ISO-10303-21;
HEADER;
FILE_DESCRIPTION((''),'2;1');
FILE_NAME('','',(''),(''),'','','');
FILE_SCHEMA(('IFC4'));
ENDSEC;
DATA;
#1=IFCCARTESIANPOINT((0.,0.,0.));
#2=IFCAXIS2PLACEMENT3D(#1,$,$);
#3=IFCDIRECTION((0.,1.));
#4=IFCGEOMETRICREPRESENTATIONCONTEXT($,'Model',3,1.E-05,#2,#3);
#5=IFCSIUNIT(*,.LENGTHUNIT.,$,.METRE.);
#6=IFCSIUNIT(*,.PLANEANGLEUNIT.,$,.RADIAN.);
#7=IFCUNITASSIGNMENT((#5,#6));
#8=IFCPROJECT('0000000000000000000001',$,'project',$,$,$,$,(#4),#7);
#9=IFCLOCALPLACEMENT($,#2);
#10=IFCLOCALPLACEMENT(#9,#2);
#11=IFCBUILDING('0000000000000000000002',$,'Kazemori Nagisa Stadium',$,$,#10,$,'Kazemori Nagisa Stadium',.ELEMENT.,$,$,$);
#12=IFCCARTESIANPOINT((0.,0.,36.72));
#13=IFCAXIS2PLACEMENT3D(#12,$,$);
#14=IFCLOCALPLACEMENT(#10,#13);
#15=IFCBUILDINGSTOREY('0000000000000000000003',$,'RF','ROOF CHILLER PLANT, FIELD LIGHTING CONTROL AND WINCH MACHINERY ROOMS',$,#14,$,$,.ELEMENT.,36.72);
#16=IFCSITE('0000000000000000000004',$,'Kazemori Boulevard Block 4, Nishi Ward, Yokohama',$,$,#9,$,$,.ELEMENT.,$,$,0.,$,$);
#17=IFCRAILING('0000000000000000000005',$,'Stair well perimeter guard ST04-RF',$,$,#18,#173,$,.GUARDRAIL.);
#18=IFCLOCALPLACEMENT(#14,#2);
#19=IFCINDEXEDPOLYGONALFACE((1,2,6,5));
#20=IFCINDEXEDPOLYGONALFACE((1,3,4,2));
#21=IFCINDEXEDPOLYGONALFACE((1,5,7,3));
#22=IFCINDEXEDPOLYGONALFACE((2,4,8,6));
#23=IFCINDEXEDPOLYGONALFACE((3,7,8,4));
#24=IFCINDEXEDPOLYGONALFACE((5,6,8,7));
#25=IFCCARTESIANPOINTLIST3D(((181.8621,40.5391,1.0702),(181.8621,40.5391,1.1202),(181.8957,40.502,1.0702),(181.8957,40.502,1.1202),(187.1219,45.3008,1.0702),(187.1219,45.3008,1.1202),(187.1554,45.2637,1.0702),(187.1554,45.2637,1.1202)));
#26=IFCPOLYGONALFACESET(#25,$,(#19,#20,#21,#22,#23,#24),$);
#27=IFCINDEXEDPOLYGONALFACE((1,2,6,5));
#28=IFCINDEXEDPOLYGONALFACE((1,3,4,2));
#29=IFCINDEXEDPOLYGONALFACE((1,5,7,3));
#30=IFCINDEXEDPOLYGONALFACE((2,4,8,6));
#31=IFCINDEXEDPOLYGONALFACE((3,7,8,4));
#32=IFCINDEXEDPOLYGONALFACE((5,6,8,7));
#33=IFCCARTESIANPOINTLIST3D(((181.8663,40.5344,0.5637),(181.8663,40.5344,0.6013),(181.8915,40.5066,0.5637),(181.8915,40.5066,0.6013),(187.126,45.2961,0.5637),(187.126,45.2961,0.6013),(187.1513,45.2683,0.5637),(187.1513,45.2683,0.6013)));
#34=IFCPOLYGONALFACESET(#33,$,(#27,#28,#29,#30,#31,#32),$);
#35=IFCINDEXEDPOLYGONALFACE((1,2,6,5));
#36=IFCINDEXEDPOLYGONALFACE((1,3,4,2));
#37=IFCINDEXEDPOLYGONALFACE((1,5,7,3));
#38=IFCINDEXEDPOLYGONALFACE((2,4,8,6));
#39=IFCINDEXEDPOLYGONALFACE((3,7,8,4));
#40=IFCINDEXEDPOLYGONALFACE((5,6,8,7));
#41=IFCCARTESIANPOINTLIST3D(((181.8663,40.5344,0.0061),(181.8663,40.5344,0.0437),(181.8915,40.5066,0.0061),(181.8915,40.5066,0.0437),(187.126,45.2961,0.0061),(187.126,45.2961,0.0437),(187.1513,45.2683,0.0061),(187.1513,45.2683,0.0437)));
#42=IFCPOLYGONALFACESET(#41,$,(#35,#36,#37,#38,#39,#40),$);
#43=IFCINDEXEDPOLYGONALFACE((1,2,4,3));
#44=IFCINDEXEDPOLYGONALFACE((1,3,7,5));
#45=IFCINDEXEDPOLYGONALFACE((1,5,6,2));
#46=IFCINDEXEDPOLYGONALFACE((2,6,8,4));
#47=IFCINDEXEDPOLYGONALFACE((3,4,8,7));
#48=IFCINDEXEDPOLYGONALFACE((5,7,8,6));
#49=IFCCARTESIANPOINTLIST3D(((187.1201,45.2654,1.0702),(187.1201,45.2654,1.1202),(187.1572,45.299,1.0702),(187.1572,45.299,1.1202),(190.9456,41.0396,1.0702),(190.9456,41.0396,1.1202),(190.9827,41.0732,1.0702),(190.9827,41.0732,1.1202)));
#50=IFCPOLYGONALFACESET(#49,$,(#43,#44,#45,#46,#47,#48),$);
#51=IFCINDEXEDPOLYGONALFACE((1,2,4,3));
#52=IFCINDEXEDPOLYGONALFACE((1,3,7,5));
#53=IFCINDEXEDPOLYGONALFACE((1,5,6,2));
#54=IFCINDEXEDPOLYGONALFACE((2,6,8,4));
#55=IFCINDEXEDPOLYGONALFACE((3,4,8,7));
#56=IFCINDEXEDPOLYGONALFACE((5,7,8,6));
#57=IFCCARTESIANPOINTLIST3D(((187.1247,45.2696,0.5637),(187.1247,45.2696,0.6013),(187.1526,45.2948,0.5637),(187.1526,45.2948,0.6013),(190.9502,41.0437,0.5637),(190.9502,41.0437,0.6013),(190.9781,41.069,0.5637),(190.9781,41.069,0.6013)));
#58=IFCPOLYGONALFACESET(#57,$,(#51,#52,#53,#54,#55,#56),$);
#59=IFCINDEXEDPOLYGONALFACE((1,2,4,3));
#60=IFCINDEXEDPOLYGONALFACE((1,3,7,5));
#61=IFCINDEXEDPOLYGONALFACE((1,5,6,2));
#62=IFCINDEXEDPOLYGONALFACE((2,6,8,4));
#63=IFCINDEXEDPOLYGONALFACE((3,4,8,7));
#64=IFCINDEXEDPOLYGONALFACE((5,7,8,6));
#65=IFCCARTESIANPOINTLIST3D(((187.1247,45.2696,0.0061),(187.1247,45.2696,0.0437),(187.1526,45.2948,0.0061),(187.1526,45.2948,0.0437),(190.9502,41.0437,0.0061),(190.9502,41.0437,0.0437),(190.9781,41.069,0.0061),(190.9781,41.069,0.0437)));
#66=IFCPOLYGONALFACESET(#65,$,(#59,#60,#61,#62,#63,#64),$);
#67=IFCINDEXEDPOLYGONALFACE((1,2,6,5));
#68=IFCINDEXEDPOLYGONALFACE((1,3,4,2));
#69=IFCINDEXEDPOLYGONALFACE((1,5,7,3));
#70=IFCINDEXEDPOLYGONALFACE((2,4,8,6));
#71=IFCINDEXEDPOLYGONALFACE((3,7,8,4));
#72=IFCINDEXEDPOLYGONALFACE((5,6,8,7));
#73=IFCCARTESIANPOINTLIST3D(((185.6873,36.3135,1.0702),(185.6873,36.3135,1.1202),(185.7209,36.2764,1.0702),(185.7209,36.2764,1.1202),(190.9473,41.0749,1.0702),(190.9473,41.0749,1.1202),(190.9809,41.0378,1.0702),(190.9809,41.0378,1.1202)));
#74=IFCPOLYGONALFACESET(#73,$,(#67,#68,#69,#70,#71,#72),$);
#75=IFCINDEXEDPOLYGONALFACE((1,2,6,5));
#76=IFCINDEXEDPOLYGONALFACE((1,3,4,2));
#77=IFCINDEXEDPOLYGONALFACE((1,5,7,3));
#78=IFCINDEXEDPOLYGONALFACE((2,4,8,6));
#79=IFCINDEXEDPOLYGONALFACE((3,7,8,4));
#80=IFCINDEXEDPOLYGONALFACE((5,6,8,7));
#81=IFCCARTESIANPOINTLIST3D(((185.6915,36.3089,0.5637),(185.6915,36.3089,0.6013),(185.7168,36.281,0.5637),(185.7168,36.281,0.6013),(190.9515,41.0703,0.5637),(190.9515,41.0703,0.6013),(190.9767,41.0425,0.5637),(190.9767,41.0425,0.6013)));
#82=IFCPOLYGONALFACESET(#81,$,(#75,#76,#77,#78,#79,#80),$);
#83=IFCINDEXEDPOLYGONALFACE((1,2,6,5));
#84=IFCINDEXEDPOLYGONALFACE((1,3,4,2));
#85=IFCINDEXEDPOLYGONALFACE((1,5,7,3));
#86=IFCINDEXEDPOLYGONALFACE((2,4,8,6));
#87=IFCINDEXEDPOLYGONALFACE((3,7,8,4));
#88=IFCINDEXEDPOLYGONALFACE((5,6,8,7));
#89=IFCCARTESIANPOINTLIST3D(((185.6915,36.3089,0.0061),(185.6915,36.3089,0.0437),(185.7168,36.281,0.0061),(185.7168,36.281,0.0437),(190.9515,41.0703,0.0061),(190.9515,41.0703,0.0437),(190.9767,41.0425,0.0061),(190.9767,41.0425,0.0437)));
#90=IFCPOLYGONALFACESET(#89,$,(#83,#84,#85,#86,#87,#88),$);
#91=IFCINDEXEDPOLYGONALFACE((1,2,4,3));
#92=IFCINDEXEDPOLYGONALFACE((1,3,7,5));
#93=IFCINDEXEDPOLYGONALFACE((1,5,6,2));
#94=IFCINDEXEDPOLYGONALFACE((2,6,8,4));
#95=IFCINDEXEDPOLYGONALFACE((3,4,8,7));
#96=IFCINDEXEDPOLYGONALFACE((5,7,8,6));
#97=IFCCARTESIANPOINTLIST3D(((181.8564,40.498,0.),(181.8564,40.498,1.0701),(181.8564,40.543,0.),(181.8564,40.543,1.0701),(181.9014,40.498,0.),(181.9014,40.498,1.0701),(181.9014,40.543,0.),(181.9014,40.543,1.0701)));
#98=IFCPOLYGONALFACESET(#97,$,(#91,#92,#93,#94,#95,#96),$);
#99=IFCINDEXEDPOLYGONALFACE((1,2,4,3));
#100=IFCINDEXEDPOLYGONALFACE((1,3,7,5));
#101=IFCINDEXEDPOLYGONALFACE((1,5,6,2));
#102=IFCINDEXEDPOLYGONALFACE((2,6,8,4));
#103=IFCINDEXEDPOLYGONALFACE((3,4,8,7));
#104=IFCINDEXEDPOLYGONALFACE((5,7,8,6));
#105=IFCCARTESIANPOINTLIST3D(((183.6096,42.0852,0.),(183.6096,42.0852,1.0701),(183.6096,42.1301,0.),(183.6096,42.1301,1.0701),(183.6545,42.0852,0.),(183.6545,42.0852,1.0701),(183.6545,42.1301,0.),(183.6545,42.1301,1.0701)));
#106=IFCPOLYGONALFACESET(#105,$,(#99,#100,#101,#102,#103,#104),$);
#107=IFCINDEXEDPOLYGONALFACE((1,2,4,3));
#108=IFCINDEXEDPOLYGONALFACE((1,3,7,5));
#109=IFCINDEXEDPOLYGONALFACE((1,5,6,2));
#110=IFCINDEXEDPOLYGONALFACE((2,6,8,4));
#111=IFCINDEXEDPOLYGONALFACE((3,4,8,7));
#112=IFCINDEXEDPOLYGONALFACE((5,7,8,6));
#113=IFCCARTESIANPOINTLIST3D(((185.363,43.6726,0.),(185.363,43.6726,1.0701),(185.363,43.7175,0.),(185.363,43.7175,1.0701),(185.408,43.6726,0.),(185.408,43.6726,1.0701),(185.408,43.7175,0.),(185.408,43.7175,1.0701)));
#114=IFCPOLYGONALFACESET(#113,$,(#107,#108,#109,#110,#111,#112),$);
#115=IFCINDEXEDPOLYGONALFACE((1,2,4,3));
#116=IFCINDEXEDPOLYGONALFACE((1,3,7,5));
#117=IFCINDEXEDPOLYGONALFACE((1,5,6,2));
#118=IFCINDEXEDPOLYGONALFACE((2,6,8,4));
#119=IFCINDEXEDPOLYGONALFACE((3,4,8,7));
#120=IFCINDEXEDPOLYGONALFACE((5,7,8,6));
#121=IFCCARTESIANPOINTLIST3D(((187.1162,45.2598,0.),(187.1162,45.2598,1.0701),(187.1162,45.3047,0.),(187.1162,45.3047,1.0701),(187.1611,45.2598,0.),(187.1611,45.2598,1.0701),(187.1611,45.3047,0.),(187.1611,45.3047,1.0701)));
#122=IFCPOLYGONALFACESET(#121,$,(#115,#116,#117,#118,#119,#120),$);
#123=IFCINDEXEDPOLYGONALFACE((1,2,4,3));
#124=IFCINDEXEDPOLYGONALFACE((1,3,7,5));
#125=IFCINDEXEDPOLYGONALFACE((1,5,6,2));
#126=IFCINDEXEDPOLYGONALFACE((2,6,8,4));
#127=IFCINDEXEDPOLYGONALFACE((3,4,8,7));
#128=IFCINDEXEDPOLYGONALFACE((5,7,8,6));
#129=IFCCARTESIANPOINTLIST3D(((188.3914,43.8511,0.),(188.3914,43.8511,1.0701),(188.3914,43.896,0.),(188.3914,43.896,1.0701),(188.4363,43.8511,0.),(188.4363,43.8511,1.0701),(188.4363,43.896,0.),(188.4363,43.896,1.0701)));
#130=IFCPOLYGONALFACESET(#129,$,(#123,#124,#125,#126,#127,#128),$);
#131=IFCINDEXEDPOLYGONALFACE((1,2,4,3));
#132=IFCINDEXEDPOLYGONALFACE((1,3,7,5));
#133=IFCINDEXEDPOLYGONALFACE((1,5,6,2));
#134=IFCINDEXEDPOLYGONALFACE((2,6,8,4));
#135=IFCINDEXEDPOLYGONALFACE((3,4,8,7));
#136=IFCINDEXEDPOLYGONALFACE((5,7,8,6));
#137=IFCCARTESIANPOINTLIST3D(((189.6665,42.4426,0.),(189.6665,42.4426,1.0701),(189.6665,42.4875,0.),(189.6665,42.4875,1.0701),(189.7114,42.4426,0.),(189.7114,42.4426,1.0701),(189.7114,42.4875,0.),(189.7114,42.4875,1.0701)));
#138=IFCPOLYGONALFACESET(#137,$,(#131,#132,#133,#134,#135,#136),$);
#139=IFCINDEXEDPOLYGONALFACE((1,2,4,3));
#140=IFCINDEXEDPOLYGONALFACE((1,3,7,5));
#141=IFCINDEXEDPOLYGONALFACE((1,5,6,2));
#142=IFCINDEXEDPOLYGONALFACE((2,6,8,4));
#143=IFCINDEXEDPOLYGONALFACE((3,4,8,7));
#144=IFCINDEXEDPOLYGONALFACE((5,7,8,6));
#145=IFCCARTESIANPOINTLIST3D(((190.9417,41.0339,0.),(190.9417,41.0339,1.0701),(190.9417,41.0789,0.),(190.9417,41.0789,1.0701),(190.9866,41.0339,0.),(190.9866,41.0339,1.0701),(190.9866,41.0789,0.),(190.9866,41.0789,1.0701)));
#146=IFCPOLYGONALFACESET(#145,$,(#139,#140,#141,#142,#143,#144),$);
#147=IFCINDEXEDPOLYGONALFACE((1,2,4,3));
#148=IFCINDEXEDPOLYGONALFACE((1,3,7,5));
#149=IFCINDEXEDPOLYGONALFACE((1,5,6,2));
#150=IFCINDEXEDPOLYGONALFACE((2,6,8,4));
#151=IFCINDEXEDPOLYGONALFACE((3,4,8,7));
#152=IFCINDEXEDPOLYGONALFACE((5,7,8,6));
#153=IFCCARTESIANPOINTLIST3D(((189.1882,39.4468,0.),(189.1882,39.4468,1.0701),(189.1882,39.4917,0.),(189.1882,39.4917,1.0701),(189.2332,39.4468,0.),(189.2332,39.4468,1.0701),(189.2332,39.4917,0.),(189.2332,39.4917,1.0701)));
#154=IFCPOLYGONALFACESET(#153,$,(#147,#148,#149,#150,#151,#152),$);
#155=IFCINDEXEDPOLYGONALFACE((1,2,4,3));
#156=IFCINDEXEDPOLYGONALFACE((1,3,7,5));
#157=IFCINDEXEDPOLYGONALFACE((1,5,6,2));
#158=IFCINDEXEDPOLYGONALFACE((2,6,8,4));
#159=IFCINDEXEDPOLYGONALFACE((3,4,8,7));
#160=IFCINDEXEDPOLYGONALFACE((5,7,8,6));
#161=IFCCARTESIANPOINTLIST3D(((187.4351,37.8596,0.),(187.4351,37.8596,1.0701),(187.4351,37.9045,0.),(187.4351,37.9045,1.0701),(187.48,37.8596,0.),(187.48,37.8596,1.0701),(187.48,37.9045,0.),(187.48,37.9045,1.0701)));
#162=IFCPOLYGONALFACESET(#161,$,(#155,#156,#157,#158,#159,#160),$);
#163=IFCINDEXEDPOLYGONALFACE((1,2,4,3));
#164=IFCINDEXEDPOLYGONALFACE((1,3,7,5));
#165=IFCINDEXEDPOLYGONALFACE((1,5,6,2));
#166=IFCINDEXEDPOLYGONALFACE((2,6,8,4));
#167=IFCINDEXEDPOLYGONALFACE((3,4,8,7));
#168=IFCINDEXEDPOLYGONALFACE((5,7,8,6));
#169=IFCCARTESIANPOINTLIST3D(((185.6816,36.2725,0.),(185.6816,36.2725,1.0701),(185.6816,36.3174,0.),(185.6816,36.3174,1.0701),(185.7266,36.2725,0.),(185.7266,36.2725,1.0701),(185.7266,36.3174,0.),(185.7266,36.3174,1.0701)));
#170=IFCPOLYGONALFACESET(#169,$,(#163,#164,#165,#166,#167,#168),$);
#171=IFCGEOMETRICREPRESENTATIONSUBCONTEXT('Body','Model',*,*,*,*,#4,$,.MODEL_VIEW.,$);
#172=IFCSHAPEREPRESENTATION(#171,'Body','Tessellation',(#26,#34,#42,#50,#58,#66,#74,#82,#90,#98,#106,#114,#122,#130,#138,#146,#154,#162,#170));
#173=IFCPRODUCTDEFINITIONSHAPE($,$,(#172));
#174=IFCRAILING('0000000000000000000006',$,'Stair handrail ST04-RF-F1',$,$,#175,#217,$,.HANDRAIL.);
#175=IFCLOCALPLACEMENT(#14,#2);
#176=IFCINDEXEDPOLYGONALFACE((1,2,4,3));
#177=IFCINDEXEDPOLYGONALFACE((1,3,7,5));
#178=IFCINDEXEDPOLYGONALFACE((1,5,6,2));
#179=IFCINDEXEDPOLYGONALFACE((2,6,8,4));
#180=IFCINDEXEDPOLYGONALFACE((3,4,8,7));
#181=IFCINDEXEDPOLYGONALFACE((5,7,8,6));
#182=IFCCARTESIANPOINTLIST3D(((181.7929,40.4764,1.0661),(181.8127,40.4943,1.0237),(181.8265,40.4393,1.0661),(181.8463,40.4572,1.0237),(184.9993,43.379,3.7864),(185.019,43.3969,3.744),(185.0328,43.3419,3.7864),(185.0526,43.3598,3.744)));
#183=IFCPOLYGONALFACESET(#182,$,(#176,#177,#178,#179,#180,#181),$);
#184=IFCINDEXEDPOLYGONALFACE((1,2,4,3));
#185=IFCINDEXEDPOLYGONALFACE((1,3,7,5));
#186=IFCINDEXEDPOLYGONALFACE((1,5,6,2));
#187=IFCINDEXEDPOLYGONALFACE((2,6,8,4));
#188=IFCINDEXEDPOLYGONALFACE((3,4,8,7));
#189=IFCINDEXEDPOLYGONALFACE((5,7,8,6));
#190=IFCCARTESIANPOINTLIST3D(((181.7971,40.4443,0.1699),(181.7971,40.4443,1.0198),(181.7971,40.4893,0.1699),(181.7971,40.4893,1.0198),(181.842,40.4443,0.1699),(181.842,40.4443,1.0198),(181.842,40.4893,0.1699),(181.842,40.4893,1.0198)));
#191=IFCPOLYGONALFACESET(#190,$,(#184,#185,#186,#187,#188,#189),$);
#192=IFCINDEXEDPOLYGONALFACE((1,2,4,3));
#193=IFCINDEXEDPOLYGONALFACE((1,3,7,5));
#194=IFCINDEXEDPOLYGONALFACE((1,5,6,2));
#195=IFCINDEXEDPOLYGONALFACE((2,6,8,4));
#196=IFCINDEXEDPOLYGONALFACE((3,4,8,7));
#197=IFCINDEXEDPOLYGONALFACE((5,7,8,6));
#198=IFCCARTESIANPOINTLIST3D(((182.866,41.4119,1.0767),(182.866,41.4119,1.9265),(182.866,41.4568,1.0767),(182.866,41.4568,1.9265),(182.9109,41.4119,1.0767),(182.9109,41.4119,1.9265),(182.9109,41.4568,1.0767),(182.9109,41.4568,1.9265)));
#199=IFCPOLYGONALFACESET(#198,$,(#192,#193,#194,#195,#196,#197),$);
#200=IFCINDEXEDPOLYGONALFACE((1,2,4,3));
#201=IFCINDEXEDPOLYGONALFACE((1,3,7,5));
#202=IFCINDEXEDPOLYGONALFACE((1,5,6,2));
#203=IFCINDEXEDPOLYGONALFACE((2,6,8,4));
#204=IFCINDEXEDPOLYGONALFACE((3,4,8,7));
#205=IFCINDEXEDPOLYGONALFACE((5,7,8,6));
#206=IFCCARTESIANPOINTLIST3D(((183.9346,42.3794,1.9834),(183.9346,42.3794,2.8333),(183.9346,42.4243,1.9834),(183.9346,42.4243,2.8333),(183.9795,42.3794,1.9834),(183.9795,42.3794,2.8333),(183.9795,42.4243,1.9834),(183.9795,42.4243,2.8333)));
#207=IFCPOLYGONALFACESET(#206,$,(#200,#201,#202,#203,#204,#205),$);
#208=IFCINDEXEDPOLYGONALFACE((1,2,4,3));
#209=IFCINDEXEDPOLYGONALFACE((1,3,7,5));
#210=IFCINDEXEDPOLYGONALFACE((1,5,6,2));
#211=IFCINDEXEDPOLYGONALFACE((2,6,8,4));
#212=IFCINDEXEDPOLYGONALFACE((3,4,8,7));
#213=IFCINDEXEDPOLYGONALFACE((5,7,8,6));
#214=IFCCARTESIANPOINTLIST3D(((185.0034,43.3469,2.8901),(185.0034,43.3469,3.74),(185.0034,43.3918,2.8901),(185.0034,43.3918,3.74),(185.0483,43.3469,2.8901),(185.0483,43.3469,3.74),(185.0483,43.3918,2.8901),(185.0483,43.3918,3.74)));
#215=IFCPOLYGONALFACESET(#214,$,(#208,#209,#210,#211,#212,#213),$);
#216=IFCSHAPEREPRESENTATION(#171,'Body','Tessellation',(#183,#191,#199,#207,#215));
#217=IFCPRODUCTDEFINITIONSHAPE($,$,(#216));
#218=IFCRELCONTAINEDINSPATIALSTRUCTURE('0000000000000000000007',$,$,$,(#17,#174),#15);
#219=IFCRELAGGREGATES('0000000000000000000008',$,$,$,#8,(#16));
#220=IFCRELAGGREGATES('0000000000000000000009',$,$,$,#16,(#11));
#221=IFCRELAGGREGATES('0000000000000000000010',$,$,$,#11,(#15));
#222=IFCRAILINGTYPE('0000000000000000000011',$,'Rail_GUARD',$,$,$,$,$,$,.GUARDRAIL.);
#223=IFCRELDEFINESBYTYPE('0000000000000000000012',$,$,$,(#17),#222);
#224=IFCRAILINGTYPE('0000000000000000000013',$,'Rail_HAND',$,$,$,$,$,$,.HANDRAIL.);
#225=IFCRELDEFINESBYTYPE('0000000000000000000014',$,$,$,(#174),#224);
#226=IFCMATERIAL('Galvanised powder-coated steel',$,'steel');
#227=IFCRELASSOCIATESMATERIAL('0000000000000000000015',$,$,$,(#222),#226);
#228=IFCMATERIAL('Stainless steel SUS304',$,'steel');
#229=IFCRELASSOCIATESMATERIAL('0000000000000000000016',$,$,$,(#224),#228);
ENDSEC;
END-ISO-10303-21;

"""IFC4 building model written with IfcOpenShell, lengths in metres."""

from ifc_helpers import new_model, si_unit, direction, frame, origin, origin_2d, place, context, subcontext, project, spatial, rectangle, extrude, material, type_object, element, save


model = new_model("IFC4")

# Units and contexts
model_context = context("Model", 3, precision=1e-05, world=origin(), true_north=direction((0.0, 1.0)))
body_context = subcontext(model_context, "Body", "Model", "MODEL_VIEW")
ifc_project = project(units=[si_unit("LENGTHUNIT", "METRE"), si_unit("PLANEANGLEUNIT", "RADIAN")], contexts=[model_context])

# Site, building, storey
site_placement = place(None, origin())
site = spatial("IfcSite", under=ifc_project, at=site_placement, Name="Kazemori Boulevard Block 4, Nishi Ward, Yokohama", CompositionType="ELEMENT", RefElevation=0.0)
building_placement = place(site_placement, origin())
building = spatial("IfcBuilding", under=site, at=building_placement, Name="Kazemori Nagisa Stadium", LongName="Kazemori Nagisa Stadium", CompositionType="ELEMENT")
storey_placement = place(building_placement, frame((0.0, 0.0, 36.72)))
storey = spatial("IfcBuildingStorey", under=building, at=storey_placement, Name="RF", Description="ROOF CHILLER PLANT, FIELD LIGHTING CONTROL AND WINCH MACHINERY ROOMS", CompositionType="ELEMENT", Elevation=36.72)

# Railings
ifc_material_1 = material(Name="Galvanised powder-coated steel", Category="steel")
railing_type_1 = type_object("IfcRailingType", Name="Rail_GUARD", PredefinedType="GUARDRAIL", material=ifc_material_1)
railing_1_placement = place(storey_placement, frame((181.8789, 40.5205, 0.0)))
element("IfcRailing", 1, at=railing_1_placement, inside=storey, type_object=railing_type_1, Name="Stair well perimeter guard ST04-RF", PredefinedType="GUARDRAIL", context=body_context, shape_type="SweptSolid", body=[
    extrude(rectangle(XDim=0.05, YDim=0.05, at=origin_2d()), frame((0.0, 0.0, 1.0952), z_axis=(0.741334, 0.671137, 0.0), x_axis=(-0.671137, 0.741334, 0.0)), (0.0, 0.0, 1.0), 7.095),
    extrude(rectangle(XDim=0.0376, YDim=0.0376, at=origin_2d()), frame((0.0, 0.0, 0.5825), z_axis=(0.741334, 0.671137, 0.0), x_axis=(-0.671137, 0.741334, 0.0)), (0.0, 0.0, 1.0), 7.095),
    extrude(rectangle(XDim=0.0376, YDim=0.0376, at=origin_2d()), frame((0.0, 0.0, 0.0249), z_axis=(0.741334, 0.671137, 0.0), x_axis=(-0.671137, 0.741334, 0.0)), (0.0, 0.0, 1.0), 7.095),
    extrude(rectangle(XDim=0.05, YDim=0.05, at=origin_2d()), frame((5.2598, 4.7617, 1.0952), z_axis=(0.671113, -0.741355, 0.0), x_axis=(0.741355, 0.671113, 0.0)), (0.0, 0.0, 1.0), 5.7002),
    extrude(rectangle(XDim=0.0376, YDim=0.0376, at=origin_2d()), frame((5.2598, 4.7617, 0.5825), z_axis=(0.671113, -0.741355, 0.0), x_axis=(0.741355, 0.671113, 0.0)), (0.0, 0.0, 1.0), 5.7002),
    extrude(rectangle(XDim=0.0376, YDim=0.0376, at=origin_2d()), frame((5.2598, 4.7617, 0.0249), z_axis=(0.671113, -0.741355, 0.0), x_axis=(0.741355, 0.671113, 0.0)), (0.0, 0.0, 1.0), 5.7002),
    extrude(rectangle(XDim=0.05, YDim=0.05, at=origin_2d()), frame((9.0852, 0.5359, 1.0952), z_axis=(-0.741366, -0.671101, 0.0), x_axis=(0.671101, -0.741366, 0.0)), (0.0, 0.0, 1.0), 7.095),
    extrude(rectangle(XDim=0.0376, YDim=0.0376, at=origin_2d()), frame((9.0852, 0.5359, 0.5825), z_axis=(-0.741366, -0.671101, 0.0), x_axis=(0.671101, -0.741366, 0.0)), (0.0, 0.0, 1.0), 7.095),
    extrude(rectangle(XDim=0.0376, YDim=0.0376, at=origin_2d()), frame((9.0852, 0.5359, 0.0249), z_axis=(-0.741366, -0.671101, 0.0), x_axis=(0.671101, -0.741366, 0.0)), (0.0, 0.0, 1.0), 7.095),
    extrude(rectangle(XDim=0.0449, YDim=0.0449, at=origin_2d()), origin(), (0.0, 0.0, 1.0), 1.0701),
    extrude(rectangle(XDim=0.0449, YDim=0.0449, at=origin_2d()), frame((1.7532, 1.5872, 0.0)), (0.0, 0.0, 1.0), 1.0701),
    extrude(rectangle(XDim=0.0449, YDim=0.0449, at=origin_2d()), frame((3.5066, 3.1746, 0.0)), (0.0, 0.0, 1.0), 1.0701),
    extrude(rectangle(XDim=0.0449, YDim=0.0449, at=origin_2d()), frame((5.2598, 4.7617, 0.0)), (0.0, 0.0, 1.0), 1.0701),
    extrude(rectangle(XDim=0.0449, YDim=0.0449, at=origin_2d()), frame((6.5349, 3.353, 0.0)), (0.0, 0.0, 1.0), 1.0701),
    extrude(rectangle(XDim=0.0449, YDim=0.0449, at=origin_2d()), frame((7.8101, 1.9446, 0.0)), (0.0, 0.0, 1.0), 1.0701),
    extrude(rectangle(XDim=0.0449, YDim=0.0449, at=origin_2d()), frame((9.0852, 0.5359, 0.0)), (0.0, 0.0, 1.0), 1.0701),
    extrude(rectangle(XDim=0.0449, YDim=0.0449, at=origin_2d()), frame((7.3318, -1.0513, 0.0)), (0.0, 0.0, 1.0), 1.0701),
    extrude(rectangle(XDim=0.0449, YDim=0.0449, at=origin_2d()), frame((5.5786, -2.6384, 0.0)), (0.0, 0.0, 1.0), 1.0701),
    extrude(rectangle(XDim=0.0449, YDim=0.0449, at=origin_2d()), frame((3.8252, -4.2256, 0.0)), (0.0, 0.0, 1.0), 1.0701),
])
ifc_material_2 = material(Name="Stainless steel SUS304", Category="steel")
railing_type_2 = type_object("IfcRailingType", Name="Rail_HAND", PredefinedType="HANDRAIL", material=ifc_material_2)
railing_2_placement = place(storey_placement, frame((181.8196, 40.4668, 0.1699)))
element("IfcRailing", 2, at=railing_2_placement, inside=storey, type_object=railing_type_2, Name="Stair handrail ST04-RF-F1", PredefinedType="HANDRAIL", context=body_context, shape_type="SweptSolid", body=[
    extrude(rectangle(XDim=0.05, YDim=0.05, at=origin_2d()), frame((0.0, 0.0, 0.875), z_axis=(0.627542, 0.568099, 0.532405), x_axis=(-0.671123, 0.741346, 0.0)), (0.0, 0.0, 1.0), 5.1094),
    extrude(rectangle(XDim=0.0449, YDim=0.0449, at=origin_2d()), origin(), (0.0, 0.0, 1.0), 0.8499),
    extrude(rectangle(XDim=0.0449, YDim=0.0449, at=origin_2d()), frame((1.0688, 0.9675, 0.9067)), (0.0, 0.0, 1.0), 0.8499),
    extrude(rectangle(XDim=0.0449, YDim=0.0449, at=origin_2d()), frame((2.1375, 1.9351, 1.8135)), (0.0, 0.0, 1.0), 0.8499),
    extrude(rectangle(XDim=0.0449, YDim=0.0449, at=origin_2d()), frame((3.2063, 2.9026, 2.7202)), (0.0, 0.0, 1.0), 0.8499),
])

save(model, "model.ifc")
